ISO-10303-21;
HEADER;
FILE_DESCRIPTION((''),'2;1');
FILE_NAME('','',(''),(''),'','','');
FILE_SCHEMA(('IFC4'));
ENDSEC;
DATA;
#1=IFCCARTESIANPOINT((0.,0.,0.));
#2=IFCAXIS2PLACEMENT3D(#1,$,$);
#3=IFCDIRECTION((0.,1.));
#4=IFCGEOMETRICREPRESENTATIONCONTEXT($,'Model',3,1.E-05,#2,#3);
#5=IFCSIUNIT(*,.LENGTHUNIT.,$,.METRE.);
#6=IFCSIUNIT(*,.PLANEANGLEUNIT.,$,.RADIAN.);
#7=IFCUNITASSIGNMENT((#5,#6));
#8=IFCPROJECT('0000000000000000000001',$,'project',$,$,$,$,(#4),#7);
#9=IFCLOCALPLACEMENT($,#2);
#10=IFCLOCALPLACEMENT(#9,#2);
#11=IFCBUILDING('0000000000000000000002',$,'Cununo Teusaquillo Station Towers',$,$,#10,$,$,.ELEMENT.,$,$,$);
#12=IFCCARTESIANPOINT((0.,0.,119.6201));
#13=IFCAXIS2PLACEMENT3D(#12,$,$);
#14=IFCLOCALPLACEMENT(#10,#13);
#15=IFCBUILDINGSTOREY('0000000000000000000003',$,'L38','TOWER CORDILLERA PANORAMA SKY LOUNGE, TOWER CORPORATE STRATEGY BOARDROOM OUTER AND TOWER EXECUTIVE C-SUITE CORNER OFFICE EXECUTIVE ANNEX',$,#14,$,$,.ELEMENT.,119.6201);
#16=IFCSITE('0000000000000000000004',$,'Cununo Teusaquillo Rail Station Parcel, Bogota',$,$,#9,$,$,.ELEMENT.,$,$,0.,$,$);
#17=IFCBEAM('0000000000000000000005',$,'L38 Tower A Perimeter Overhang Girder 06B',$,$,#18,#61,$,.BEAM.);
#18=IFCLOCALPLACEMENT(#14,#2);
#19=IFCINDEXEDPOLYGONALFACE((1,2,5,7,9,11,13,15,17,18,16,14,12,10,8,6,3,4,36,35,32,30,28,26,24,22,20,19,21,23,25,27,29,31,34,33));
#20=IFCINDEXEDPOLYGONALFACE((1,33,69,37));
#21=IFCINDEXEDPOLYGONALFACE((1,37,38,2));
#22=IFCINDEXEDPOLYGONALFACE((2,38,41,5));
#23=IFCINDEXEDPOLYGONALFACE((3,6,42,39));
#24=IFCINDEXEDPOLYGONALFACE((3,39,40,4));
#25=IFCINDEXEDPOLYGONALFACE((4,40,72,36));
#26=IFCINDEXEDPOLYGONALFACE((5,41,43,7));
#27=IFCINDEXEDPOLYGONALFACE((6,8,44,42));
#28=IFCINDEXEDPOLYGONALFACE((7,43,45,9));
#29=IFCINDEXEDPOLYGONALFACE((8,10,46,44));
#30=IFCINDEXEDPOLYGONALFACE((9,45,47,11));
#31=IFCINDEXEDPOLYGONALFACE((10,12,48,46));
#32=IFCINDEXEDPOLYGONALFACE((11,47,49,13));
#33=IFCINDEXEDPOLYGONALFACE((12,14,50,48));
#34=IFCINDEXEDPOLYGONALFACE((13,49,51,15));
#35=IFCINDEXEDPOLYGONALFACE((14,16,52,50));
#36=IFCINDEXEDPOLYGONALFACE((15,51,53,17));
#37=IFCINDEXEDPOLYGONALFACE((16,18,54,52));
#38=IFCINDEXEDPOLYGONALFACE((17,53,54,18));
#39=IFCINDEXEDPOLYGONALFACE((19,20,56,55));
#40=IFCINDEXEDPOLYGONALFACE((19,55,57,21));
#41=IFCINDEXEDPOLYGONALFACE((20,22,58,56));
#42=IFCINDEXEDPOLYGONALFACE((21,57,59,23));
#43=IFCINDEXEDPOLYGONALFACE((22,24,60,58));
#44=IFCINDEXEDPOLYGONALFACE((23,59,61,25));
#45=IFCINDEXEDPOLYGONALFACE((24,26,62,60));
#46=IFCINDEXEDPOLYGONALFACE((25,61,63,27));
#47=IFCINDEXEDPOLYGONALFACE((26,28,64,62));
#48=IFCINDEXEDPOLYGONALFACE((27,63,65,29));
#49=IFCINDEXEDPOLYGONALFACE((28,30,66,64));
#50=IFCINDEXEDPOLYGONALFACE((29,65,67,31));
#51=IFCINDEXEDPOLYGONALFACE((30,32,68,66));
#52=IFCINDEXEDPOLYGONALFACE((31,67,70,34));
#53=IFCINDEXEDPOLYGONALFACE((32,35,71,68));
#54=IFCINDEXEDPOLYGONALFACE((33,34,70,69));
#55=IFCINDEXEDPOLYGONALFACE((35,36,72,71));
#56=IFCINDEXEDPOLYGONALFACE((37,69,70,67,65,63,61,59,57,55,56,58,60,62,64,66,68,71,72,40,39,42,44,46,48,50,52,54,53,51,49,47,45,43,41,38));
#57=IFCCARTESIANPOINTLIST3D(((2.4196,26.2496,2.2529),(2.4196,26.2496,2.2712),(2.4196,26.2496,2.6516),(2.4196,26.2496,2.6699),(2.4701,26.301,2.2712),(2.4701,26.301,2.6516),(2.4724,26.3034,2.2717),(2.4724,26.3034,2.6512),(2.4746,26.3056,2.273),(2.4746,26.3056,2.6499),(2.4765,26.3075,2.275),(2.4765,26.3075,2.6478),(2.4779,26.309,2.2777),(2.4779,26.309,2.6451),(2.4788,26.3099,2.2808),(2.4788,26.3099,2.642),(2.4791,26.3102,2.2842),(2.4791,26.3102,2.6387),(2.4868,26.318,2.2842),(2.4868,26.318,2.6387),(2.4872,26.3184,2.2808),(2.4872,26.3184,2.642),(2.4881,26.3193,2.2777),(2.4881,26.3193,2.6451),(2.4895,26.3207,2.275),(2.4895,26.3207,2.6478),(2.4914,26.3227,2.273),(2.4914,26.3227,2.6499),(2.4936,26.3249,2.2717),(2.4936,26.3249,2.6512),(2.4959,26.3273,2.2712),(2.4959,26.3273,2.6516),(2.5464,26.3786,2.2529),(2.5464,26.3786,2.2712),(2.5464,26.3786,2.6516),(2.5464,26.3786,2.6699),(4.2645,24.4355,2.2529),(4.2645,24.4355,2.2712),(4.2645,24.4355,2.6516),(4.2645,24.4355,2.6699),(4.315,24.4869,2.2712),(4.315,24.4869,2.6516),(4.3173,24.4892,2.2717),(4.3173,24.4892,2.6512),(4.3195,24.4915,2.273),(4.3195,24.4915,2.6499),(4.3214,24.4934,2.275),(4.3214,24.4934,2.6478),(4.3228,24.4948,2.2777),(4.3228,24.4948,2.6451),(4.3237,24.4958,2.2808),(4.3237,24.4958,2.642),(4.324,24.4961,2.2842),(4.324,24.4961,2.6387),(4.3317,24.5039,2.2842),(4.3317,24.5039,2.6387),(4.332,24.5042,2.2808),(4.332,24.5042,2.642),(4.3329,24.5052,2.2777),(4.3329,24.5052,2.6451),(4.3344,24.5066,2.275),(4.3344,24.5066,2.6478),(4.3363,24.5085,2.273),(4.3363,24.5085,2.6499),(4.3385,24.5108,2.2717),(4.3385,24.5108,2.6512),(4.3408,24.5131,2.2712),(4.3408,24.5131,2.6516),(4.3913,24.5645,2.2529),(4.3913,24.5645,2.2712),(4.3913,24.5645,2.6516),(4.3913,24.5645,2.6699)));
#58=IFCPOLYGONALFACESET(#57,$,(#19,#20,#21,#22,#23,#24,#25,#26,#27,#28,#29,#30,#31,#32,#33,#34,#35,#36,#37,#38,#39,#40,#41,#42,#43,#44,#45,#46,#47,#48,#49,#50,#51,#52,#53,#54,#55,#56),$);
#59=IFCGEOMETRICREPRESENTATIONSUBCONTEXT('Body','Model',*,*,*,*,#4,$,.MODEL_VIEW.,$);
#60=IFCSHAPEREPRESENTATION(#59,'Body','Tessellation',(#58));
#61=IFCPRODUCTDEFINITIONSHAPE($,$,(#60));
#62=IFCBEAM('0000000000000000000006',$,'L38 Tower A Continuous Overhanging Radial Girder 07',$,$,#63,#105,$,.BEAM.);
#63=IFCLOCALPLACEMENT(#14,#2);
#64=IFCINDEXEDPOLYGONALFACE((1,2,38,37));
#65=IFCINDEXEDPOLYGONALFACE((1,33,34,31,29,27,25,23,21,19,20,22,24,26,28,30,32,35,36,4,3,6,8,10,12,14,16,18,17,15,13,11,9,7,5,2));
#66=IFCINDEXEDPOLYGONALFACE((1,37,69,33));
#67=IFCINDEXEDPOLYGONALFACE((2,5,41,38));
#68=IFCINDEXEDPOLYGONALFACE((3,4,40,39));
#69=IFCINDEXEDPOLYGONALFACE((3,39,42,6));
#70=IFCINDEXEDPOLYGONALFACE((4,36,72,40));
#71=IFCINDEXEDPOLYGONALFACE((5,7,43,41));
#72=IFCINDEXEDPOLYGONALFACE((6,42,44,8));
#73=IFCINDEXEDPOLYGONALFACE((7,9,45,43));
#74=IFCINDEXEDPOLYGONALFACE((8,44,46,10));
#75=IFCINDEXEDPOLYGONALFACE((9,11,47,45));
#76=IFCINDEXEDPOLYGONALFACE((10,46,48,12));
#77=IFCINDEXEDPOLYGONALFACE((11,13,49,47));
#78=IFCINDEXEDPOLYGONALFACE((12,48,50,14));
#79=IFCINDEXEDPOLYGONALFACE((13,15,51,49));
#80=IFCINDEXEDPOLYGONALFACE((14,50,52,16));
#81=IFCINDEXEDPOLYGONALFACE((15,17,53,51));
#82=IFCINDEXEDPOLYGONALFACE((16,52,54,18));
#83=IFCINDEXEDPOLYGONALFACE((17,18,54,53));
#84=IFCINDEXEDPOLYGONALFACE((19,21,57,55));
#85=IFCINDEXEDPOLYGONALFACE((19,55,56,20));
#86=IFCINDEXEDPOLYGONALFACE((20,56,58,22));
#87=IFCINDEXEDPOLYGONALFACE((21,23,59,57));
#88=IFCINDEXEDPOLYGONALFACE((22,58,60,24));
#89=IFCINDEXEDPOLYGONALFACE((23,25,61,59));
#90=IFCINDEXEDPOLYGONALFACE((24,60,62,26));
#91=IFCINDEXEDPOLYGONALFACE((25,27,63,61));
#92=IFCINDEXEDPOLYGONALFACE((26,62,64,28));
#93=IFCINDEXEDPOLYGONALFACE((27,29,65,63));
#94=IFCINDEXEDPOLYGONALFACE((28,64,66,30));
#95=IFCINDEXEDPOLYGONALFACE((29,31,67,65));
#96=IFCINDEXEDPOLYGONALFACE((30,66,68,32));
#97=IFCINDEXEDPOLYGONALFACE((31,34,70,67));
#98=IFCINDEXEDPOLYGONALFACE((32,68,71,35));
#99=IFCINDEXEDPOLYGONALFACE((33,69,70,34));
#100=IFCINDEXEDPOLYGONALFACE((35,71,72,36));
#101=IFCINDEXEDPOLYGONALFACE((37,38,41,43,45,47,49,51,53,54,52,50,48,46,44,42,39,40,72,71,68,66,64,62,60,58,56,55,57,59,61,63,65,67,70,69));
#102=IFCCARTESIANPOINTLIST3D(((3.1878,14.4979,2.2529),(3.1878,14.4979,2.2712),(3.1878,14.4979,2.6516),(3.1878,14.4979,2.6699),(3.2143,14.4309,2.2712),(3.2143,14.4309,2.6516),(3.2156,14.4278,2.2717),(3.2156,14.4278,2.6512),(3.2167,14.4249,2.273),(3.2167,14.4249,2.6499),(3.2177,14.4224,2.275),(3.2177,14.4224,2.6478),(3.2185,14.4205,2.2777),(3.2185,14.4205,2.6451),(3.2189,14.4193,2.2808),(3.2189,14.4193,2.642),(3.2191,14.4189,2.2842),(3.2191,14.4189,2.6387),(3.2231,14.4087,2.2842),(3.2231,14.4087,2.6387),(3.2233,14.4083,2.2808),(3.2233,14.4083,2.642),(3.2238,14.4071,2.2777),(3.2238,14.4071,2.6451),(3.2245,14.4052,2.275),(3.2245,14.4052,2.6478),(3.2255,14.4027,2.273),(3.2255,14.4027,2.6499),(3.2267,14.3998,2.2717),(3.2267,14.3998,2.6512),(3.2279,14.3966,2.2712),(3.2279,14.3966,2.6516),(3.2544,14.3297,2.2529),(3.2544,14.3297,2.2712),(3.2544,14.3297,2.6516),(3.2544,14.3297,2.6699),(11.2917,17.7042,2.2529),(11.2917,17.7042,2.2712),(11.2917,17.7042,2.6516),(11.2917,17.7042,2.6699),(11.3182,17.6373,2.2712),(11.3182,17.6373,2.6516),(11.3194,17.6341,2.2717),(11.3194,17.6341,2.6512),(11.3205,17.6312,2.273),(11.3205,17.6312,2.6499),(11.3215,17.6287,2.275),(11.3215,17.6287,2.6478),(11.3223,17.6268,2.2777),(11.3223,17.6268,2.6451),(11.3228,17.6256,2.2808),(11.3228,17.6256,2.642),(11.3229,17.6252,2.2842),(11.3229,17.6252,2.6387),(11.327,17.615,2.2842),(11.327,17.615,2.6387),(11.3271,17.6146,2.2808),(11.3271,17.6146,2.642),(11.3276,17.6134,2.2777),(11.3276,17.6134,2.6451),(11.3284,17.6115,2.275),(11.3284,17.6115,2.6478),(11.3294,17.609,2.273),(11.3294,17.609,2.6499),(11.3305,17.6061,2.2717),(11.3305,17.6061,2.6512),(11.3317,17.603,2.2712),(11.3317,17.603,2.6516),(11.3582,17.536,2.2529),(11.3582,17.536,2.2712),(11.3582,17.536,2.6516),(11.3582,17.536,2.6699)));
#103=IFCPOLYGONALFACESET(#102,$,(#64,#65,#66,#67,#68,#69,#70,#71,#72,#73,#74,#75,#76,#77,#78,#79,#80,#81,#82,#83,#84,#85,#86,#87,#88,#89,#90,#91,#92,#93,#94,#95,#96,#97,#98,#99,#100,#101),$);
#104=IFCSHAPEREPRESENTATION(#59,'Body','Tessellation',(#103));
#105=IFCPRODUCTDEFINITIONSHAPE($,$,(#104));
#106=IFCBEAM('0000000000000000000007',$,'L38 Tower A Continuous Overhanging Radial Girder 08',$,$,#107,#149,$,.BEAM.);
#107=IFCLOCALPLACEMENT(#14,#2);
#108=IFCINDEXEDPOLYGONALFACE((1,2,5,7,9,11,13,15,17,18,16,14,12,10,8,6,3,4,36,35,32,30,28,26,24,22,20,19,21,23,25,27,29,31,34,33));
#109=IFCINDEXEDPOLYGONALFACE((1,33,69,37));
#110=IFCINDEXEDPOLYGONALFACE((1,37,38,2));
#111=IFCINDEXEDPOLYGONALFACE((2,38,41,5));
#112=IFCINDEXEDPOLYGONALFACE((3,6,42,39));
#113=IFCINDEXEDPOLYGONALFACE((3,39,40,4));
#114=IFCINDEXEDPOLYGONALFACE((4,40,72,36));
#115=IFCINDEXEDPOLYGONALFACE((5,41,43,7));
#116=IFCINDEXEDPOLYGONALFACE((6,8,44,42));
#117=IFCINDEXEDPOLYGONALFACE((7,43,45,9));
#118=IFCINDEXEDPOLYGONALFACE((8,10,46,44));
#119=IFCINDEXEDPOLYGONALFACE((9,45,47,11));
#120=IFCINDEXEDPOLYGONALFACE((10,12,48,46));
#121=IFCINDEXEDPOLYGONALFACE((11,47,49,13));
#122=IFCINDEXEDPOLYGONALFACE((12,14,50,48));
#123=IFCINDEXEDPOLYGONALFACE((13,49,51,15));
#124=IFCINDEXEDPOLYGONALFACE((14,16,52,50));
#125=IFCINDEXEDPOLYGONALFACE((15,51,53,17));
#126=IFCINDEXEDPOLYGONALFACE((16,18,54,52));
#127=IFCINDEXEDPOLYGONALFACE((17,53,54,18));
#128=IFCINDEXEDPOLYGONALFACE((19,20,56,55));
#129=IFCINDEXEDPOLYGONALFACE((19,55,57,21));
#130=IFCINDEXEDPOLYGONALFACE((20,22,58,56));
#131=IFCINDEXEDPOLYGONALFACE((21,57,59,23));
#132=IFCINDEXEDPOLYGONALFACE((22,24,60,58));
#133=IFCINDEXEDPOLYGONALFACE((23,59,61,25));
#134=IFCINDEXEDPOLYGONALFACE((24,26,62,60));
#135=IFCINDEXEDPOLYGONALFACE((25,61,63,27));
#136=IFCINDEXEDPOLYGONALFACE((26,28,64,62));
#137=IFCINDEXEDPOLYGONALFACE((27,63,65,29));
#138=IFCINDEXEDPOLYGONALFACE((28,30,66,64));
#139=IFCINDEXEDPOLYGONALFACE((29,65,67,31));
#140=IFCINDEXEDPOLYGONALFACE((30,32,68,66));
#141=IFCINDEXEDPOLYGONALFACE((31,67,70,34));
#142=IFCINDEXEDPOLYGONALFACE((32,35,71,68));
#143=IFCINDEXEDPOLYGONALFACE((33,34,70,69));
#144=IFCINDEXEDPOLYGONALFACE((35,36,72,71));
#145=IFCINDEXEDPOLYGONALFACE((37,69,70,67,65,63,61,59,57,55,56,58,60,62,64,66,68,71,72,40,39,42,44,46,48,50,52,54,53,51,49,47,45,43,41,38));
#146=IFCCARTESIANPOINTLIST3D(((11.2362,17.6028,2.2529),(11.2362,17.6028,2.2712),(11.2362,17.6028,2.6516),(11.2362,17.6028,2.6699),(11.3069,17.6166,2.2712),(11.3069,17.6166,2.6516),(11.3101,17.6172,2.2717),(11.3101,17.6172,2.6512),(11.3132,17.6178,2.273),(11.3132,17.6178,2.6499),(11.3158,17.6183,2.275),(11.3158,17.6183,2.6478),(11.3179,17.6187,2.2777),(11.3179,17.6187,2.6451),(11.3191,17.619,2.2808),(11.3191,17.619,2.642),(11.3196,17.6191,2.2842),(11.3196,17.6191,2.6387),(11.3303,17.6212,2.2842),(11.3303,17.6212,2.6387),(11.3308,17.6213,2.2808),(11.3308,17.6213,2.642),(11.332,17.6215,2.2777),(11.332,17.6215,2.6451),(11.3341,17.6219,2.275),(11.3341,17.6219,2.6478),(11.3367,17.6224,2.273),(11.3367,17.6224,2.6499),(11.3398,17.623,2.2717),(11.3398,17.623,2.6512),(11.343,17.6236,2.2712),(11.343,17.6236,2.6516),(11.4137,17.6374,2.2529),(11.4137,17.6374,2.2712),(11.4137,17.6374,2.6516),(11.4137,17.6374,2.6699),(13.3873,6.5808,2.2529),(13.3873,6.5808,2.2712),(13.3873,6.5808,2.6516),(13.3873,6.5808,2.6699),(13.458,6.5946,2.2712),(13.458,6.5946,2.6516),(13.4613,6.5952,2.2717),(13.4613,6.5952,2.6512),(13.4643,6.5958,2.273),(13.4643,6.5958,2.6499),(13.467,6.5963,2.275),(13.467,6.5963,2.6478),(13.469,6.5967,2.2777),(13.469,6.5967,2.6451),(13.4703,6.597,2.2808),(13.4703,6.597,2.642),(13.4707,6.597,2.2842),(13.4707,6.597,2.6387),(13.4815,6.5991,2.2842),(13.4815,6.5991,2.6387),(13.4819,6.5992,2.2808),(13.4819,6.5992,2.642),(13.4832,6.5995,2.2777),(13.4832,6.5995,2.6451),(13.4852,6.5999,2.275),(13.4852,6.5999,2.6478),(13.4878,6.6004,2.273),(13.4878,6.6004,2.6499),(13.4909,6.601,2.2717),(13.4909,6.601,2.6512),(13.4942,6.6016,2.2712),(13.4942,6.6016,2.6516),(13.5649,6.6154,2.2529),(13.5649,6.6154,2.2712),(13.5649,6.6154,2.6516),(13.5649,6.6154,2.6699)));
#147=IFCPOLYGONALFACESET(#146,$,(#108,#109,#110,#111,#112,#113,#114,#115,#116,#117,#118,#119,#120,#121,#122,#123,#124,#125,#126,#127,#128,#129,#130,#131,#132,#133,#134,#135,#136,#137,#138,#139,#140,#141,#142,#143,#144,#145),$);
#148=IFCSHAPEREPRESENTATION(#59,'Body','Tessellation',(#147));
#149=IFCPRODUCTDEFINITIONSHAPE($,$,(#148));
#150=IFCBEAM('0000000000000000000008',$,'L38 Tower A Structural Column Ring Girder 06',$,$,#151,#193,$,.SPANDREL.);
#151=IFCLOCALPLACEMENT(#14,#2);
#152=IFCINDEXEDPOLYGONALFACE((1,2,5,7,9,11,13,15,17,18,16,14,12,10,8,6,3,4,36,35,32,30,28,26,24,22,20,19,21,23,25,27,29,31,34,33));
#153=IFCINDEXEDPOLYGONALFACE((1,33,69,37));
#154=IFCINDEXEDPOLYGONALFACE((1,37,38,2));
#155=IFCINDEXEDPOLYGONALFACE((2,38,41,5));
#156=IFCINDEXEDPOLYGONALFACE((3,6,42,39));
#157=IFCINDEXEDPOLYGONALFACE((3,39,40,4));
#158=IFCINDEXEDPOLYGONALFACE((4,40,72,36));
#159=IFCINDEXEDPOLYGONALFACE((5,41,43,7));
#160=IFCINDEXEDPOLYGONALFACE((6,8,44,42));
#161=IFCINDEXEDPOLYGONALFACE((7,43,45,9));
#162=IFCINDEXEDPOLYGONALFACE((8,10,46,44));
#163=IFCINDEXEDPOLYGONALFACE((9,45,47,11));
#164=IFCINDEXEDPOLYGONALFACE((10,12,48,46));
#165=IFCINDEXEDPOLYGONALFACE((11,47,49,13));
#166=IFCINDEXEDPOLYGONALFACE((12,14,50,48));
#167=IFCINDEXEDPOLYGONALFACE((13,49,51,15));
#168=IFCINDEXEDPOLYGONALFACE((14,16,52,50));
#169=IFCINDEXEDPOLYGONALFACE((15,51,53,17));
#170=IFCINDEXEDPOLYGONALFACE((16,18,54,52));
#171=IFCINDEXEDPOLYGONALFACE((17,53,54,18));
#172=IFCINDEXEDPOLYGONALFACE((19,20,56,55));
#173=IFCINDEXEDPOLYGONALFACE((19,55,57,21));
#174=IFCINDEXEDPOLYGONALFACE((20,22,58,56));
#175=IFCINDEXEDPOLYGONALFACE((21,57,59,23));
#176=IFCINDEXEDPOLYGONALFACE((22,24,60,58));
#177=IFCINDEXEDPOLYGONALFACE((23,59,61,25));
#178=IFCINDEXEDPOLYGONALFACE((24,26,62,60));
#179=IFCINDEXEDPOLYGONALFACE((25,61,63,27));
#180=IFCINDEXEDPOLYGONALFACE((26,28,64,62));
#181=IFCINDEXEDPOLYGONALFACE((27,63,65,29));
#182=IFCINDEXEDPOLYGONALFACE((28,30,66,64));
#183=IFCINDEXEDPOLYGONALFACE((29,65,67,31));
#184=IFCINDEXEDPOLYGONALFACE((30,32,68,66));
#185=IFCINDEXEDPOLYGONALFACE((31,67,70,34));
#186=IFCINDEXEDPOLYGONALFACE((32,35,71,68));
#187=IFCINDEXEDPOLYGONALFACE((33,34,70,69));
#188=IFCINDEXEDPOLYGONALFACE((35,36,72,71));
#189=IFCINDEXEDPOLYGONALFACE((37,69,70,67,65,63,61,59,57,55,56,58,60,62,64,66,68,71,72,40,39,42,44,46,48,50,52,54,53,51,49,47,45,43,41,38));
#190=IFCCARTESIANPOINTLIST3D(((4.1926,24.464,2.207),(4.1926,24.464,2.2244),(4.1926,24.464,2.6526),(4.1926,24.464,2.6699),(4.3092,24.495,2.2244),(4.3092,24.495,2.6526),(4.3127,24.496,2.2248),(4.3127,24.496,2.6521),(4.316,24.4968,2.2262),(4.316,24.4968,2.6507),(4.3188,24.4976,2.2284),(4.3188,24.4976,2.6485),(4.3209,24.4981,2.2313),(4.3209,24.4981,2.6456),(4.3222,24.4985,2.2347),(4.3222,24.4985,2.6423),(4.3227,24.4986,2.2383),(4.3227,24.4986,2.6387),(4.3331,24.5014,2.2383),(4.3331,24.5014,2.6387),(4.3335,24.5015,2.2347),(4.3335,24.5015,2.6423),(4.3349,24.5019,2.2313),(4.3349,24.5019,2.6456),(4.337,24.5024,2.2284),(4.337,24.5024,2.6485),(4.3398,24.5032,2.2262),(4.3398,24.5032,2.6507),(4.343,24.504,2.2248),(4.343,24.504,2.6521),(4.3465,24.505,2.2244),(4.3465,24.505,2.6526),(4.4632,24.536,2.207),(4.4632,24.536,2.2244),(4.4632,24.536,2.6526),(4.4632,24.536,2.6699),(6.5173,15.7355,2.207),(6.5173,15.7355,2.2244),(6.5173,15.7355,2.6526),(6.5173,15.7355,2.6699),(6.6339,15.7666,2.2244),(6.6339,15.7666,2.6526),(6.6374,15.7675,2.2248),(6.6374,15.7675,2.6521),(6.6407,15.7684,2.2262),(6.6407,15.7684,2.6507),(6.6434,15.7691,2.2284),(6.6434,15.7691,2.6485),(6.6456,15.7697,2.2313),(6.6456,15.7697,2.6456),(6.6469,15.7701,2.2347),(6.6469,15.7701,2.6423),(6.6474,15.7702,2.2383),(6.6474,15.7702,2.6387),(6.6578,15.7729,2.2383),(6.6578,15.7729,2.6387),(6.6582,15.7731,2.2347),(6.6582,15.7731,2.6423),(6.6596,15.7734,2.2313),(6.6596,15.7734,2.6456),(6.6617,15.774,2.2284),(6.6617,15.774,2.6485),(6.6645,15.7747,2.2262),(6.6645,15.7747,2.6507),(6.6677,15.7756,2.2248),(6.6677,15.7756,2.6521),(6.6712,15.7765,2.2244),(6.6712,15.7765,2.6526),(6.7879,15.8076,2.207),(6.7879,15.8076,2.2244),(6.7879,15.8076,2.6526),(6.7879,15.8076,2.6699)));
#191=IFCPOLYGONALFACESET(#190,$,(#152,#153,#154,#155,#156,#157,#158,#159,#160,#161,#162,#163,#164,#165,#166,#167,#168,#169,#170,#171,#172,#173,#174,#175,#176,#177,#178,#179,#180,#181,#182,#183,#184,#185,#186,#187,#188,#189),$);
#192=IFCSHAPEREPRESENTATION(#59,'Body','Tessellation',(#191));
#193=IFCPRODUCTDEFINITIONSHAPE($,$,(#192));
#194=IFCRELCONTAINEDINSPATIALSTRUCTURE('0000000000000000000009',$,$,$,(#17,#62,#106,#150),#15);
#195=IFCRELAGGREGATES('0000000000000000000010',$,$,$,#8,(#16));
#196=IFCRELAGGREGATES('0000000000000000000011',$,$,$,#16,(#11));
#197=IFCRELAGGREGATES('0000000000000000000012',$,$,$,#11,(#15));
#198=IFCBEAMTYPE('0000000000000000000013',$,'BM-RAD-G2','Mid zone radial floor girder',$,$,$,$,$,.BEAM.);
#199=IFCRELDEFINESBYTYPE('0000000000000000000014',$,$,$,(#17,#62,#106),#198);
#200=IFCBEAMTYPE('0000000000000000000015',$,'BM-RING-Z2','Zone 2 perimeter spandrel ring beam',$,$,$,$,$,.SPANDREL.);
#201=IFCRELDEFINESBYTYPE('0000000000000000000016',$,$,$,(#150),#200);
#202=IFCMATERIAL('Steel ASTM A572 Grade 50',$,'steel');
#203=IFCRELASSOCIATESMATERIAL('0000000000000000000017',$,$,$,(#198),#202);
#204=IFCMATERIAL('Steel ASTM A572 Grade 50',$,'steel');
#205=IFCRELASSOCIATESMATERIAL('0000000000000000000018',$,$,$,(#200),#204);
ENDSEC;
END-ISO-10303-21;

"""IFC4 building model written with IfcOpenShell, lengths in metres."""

from ifc_helpers import new_model, si_unit, direction, frame, origin, origin_2d, place, context, subcontext, project, spatial, i_section, extrude, material, material_profile, profile_set, type_object, element, save


model = new_model("IFC4")

# Units and contexts
model_context = context("Model", 3, precision=1e-05, world=origin(), true_north=direction((0.0, 1.0)))
body_context = subcontext(model_context, "Body", "Model", "MODEL_VIEW")
ifc_project = project(units=[si_unit("LENGTHUNIT", "METRE"), si_unit("PLANEANGLEUNIT", "RADIAN")], contexts=[model_context])

# Site, building, storey
site_placement = place(None, origin())
site = spatial("IfcSite", under=ifc_project, at=site_placement, Name="Cununo Teusaquillo Rail Station Parcel, Bogota", CompositionType="ELEMENT", RefElevation=0.0)
building_placement = place(site_placement, origin())
building = spatial("IfcBuilding", under=site, at=building_placement, Name="Cununo Teusaquillo Station Towers", CompositionType="ELEMENT")
storey_placement = place(building_placement, frame((0.0, 0.0, 119.6201)))
storey = spatial("IfcBuildingStorey", under=building, at=storey_placement, Name="L38", Description="TOWER CORDILLERA PANORAMA SKY LOUNGE, TOWER CORPORATE STRATEGY BOARDROOM OUTER AND TOWER EXECUTIVE C-SUITE CORNER OFFICE EXECUTIVE ANNEX", CompositionType="ELEMENT", Elevation=119.6201)

# Beams
ifc_material_1 = material(Name="Steel ASTM A572 Grade 50", Category="steel")
ifc_material_profile_1 = material_profile(ifc_material_1, i_section(OverallWidth=0.1809, OverallDepth=0.417, WebThickness=0.011, FlangeThickness=0.0183, FilletRadius=0.0129, at=origin_2d()), Name="W16X57")
ifc_profile_set_1 = profile_set([ifc_material_profile_1], Name="Steel ASTM A572 Grade 50")
beam_type_1 = type_object("IfcBeamType", Name="BM-RAD-G2", Description="Mid zone radial floor girder", PredefinedType="BEAM", material=ifc_profile_set_1)
beam_1_placement = place(storey_placement, frame((4.3279, 24.5, 2.4614), z_axis=(-0.713026, 0.701138, 0.0), x_axis=(-0.701138, -0.713026, 0.0)))
element("IfcBeam", 1, at=beam_1_placement, inside=storey, type_object=beam_type_1, Name="L38 Tower A Perimeter Overhang Girder 06B", PredefinedType="BEAM", context=body_context, shape_type="SweptSolid", body=[
    extrude(i_section(OverallWidth=0.1809, OverallDepth=0.417, WebThickness=0.011, FlangeThickness=0.0183, FilletRadius=0.0129, at=origin_2d()), origin(), (0.0, 0.0, 1.0), 2.5874),
])
beam_2_placement = place(storey_placement, frame((11.325, 17.6201, 2.4614), z_axis=(-0.929863, -0.367906, 0.0), x_axis=(0.367906, -0.929863, 0.0)))
element("IfcBeam", 2, at=beam_2_placement, inside=storey, type_object=beam_type_1, Name="L38 Tower A Continuous Overhanging Radial Girder 07", PredefinedType="BEAM", context=body_context, shape_type="SweptSolid", body=[
    extrude(i_section(OverallWidth=0.1809, OverallDepth=0.417, WebThickness=0.011, FlangeThickness=0.0183, FilletRadius=0.0129, at=origin_2d()), origin(), (0.0, 0.0, 1.0), 8.7151),
])
beam_3_placement = place(storey_placement, frame((11.325, 17.6201, 2.4614), z_axis=(0.191553, -0.981482, 0.0), x_axis=(0.981482, 0.191553, 0.0)))
element("IfcBeam", 3, at=beam_3_placement, inside=storey, type_object=beam_type_1, Name="L38 Tower A Continuous Overhanging Radial Girder 08", PredefinedType="BEAM", context=body_context, shape_type="SweptSolid", body=[
    extrude(i_section(OverallWidth=0.1809, OverallDepth=0.417, WebThickness=0.011, FlangeThickness=0.0183, FilletRadius=0.0129, at=origin_2d()), origin(), (0.0, 0.0, 1.0), 11.23),
])
ifc_material_2 = material(Name="Steel ASTM A572 Grade 50", Category="steel")
ifc_material_profile_2 = material_profile(ifc_material_2, i_section(OverallWidth=0.28, OverallDepth=0.4629, WebThickness=0.0107, FlangeThickness=0.0173, FilletRadius=0.0139, at=origin_2d()), Name="W18X76")
ifc_profile_set_2 = profile_set([ifc_material_profile_2], Name="Steel ASTM A572 Grade 50")
beam_type_2 = type_object("IfcBeamType", Name="BM-RING-Z2", Description="Zone 2 perimeter spandrel ring beam", PredefinedType="SPANDREL", material=ifc_profile_set_2)
beam_4_placement = place(storey_placement, frame((4.3279, 24.5, 2.4385), z_axis=(0.257363, -0.966315, 0.0), x_axis=(0.966315, 0.257363, 0.0)))
element("IfcBeam", 4, at=beam_4_placement, inside=storey, type_object=beam_type_2, Name="L38 Tower A Structural Column Ring Girder 06", PredefinedType="SPANDREL", context=body_context, shape_type="SweptSolid", body=[
    extrude(i_section(OverallWidth=0.28, OverallDepth=0.4629, WebThickness=0.0107, FlangeThickness=0.0173, FilletRadius=0.0139, at=origin_2d()), origin(), (0.0, 0.0, 1.0), 9.0327),
])

save(model, "model.ifc")
